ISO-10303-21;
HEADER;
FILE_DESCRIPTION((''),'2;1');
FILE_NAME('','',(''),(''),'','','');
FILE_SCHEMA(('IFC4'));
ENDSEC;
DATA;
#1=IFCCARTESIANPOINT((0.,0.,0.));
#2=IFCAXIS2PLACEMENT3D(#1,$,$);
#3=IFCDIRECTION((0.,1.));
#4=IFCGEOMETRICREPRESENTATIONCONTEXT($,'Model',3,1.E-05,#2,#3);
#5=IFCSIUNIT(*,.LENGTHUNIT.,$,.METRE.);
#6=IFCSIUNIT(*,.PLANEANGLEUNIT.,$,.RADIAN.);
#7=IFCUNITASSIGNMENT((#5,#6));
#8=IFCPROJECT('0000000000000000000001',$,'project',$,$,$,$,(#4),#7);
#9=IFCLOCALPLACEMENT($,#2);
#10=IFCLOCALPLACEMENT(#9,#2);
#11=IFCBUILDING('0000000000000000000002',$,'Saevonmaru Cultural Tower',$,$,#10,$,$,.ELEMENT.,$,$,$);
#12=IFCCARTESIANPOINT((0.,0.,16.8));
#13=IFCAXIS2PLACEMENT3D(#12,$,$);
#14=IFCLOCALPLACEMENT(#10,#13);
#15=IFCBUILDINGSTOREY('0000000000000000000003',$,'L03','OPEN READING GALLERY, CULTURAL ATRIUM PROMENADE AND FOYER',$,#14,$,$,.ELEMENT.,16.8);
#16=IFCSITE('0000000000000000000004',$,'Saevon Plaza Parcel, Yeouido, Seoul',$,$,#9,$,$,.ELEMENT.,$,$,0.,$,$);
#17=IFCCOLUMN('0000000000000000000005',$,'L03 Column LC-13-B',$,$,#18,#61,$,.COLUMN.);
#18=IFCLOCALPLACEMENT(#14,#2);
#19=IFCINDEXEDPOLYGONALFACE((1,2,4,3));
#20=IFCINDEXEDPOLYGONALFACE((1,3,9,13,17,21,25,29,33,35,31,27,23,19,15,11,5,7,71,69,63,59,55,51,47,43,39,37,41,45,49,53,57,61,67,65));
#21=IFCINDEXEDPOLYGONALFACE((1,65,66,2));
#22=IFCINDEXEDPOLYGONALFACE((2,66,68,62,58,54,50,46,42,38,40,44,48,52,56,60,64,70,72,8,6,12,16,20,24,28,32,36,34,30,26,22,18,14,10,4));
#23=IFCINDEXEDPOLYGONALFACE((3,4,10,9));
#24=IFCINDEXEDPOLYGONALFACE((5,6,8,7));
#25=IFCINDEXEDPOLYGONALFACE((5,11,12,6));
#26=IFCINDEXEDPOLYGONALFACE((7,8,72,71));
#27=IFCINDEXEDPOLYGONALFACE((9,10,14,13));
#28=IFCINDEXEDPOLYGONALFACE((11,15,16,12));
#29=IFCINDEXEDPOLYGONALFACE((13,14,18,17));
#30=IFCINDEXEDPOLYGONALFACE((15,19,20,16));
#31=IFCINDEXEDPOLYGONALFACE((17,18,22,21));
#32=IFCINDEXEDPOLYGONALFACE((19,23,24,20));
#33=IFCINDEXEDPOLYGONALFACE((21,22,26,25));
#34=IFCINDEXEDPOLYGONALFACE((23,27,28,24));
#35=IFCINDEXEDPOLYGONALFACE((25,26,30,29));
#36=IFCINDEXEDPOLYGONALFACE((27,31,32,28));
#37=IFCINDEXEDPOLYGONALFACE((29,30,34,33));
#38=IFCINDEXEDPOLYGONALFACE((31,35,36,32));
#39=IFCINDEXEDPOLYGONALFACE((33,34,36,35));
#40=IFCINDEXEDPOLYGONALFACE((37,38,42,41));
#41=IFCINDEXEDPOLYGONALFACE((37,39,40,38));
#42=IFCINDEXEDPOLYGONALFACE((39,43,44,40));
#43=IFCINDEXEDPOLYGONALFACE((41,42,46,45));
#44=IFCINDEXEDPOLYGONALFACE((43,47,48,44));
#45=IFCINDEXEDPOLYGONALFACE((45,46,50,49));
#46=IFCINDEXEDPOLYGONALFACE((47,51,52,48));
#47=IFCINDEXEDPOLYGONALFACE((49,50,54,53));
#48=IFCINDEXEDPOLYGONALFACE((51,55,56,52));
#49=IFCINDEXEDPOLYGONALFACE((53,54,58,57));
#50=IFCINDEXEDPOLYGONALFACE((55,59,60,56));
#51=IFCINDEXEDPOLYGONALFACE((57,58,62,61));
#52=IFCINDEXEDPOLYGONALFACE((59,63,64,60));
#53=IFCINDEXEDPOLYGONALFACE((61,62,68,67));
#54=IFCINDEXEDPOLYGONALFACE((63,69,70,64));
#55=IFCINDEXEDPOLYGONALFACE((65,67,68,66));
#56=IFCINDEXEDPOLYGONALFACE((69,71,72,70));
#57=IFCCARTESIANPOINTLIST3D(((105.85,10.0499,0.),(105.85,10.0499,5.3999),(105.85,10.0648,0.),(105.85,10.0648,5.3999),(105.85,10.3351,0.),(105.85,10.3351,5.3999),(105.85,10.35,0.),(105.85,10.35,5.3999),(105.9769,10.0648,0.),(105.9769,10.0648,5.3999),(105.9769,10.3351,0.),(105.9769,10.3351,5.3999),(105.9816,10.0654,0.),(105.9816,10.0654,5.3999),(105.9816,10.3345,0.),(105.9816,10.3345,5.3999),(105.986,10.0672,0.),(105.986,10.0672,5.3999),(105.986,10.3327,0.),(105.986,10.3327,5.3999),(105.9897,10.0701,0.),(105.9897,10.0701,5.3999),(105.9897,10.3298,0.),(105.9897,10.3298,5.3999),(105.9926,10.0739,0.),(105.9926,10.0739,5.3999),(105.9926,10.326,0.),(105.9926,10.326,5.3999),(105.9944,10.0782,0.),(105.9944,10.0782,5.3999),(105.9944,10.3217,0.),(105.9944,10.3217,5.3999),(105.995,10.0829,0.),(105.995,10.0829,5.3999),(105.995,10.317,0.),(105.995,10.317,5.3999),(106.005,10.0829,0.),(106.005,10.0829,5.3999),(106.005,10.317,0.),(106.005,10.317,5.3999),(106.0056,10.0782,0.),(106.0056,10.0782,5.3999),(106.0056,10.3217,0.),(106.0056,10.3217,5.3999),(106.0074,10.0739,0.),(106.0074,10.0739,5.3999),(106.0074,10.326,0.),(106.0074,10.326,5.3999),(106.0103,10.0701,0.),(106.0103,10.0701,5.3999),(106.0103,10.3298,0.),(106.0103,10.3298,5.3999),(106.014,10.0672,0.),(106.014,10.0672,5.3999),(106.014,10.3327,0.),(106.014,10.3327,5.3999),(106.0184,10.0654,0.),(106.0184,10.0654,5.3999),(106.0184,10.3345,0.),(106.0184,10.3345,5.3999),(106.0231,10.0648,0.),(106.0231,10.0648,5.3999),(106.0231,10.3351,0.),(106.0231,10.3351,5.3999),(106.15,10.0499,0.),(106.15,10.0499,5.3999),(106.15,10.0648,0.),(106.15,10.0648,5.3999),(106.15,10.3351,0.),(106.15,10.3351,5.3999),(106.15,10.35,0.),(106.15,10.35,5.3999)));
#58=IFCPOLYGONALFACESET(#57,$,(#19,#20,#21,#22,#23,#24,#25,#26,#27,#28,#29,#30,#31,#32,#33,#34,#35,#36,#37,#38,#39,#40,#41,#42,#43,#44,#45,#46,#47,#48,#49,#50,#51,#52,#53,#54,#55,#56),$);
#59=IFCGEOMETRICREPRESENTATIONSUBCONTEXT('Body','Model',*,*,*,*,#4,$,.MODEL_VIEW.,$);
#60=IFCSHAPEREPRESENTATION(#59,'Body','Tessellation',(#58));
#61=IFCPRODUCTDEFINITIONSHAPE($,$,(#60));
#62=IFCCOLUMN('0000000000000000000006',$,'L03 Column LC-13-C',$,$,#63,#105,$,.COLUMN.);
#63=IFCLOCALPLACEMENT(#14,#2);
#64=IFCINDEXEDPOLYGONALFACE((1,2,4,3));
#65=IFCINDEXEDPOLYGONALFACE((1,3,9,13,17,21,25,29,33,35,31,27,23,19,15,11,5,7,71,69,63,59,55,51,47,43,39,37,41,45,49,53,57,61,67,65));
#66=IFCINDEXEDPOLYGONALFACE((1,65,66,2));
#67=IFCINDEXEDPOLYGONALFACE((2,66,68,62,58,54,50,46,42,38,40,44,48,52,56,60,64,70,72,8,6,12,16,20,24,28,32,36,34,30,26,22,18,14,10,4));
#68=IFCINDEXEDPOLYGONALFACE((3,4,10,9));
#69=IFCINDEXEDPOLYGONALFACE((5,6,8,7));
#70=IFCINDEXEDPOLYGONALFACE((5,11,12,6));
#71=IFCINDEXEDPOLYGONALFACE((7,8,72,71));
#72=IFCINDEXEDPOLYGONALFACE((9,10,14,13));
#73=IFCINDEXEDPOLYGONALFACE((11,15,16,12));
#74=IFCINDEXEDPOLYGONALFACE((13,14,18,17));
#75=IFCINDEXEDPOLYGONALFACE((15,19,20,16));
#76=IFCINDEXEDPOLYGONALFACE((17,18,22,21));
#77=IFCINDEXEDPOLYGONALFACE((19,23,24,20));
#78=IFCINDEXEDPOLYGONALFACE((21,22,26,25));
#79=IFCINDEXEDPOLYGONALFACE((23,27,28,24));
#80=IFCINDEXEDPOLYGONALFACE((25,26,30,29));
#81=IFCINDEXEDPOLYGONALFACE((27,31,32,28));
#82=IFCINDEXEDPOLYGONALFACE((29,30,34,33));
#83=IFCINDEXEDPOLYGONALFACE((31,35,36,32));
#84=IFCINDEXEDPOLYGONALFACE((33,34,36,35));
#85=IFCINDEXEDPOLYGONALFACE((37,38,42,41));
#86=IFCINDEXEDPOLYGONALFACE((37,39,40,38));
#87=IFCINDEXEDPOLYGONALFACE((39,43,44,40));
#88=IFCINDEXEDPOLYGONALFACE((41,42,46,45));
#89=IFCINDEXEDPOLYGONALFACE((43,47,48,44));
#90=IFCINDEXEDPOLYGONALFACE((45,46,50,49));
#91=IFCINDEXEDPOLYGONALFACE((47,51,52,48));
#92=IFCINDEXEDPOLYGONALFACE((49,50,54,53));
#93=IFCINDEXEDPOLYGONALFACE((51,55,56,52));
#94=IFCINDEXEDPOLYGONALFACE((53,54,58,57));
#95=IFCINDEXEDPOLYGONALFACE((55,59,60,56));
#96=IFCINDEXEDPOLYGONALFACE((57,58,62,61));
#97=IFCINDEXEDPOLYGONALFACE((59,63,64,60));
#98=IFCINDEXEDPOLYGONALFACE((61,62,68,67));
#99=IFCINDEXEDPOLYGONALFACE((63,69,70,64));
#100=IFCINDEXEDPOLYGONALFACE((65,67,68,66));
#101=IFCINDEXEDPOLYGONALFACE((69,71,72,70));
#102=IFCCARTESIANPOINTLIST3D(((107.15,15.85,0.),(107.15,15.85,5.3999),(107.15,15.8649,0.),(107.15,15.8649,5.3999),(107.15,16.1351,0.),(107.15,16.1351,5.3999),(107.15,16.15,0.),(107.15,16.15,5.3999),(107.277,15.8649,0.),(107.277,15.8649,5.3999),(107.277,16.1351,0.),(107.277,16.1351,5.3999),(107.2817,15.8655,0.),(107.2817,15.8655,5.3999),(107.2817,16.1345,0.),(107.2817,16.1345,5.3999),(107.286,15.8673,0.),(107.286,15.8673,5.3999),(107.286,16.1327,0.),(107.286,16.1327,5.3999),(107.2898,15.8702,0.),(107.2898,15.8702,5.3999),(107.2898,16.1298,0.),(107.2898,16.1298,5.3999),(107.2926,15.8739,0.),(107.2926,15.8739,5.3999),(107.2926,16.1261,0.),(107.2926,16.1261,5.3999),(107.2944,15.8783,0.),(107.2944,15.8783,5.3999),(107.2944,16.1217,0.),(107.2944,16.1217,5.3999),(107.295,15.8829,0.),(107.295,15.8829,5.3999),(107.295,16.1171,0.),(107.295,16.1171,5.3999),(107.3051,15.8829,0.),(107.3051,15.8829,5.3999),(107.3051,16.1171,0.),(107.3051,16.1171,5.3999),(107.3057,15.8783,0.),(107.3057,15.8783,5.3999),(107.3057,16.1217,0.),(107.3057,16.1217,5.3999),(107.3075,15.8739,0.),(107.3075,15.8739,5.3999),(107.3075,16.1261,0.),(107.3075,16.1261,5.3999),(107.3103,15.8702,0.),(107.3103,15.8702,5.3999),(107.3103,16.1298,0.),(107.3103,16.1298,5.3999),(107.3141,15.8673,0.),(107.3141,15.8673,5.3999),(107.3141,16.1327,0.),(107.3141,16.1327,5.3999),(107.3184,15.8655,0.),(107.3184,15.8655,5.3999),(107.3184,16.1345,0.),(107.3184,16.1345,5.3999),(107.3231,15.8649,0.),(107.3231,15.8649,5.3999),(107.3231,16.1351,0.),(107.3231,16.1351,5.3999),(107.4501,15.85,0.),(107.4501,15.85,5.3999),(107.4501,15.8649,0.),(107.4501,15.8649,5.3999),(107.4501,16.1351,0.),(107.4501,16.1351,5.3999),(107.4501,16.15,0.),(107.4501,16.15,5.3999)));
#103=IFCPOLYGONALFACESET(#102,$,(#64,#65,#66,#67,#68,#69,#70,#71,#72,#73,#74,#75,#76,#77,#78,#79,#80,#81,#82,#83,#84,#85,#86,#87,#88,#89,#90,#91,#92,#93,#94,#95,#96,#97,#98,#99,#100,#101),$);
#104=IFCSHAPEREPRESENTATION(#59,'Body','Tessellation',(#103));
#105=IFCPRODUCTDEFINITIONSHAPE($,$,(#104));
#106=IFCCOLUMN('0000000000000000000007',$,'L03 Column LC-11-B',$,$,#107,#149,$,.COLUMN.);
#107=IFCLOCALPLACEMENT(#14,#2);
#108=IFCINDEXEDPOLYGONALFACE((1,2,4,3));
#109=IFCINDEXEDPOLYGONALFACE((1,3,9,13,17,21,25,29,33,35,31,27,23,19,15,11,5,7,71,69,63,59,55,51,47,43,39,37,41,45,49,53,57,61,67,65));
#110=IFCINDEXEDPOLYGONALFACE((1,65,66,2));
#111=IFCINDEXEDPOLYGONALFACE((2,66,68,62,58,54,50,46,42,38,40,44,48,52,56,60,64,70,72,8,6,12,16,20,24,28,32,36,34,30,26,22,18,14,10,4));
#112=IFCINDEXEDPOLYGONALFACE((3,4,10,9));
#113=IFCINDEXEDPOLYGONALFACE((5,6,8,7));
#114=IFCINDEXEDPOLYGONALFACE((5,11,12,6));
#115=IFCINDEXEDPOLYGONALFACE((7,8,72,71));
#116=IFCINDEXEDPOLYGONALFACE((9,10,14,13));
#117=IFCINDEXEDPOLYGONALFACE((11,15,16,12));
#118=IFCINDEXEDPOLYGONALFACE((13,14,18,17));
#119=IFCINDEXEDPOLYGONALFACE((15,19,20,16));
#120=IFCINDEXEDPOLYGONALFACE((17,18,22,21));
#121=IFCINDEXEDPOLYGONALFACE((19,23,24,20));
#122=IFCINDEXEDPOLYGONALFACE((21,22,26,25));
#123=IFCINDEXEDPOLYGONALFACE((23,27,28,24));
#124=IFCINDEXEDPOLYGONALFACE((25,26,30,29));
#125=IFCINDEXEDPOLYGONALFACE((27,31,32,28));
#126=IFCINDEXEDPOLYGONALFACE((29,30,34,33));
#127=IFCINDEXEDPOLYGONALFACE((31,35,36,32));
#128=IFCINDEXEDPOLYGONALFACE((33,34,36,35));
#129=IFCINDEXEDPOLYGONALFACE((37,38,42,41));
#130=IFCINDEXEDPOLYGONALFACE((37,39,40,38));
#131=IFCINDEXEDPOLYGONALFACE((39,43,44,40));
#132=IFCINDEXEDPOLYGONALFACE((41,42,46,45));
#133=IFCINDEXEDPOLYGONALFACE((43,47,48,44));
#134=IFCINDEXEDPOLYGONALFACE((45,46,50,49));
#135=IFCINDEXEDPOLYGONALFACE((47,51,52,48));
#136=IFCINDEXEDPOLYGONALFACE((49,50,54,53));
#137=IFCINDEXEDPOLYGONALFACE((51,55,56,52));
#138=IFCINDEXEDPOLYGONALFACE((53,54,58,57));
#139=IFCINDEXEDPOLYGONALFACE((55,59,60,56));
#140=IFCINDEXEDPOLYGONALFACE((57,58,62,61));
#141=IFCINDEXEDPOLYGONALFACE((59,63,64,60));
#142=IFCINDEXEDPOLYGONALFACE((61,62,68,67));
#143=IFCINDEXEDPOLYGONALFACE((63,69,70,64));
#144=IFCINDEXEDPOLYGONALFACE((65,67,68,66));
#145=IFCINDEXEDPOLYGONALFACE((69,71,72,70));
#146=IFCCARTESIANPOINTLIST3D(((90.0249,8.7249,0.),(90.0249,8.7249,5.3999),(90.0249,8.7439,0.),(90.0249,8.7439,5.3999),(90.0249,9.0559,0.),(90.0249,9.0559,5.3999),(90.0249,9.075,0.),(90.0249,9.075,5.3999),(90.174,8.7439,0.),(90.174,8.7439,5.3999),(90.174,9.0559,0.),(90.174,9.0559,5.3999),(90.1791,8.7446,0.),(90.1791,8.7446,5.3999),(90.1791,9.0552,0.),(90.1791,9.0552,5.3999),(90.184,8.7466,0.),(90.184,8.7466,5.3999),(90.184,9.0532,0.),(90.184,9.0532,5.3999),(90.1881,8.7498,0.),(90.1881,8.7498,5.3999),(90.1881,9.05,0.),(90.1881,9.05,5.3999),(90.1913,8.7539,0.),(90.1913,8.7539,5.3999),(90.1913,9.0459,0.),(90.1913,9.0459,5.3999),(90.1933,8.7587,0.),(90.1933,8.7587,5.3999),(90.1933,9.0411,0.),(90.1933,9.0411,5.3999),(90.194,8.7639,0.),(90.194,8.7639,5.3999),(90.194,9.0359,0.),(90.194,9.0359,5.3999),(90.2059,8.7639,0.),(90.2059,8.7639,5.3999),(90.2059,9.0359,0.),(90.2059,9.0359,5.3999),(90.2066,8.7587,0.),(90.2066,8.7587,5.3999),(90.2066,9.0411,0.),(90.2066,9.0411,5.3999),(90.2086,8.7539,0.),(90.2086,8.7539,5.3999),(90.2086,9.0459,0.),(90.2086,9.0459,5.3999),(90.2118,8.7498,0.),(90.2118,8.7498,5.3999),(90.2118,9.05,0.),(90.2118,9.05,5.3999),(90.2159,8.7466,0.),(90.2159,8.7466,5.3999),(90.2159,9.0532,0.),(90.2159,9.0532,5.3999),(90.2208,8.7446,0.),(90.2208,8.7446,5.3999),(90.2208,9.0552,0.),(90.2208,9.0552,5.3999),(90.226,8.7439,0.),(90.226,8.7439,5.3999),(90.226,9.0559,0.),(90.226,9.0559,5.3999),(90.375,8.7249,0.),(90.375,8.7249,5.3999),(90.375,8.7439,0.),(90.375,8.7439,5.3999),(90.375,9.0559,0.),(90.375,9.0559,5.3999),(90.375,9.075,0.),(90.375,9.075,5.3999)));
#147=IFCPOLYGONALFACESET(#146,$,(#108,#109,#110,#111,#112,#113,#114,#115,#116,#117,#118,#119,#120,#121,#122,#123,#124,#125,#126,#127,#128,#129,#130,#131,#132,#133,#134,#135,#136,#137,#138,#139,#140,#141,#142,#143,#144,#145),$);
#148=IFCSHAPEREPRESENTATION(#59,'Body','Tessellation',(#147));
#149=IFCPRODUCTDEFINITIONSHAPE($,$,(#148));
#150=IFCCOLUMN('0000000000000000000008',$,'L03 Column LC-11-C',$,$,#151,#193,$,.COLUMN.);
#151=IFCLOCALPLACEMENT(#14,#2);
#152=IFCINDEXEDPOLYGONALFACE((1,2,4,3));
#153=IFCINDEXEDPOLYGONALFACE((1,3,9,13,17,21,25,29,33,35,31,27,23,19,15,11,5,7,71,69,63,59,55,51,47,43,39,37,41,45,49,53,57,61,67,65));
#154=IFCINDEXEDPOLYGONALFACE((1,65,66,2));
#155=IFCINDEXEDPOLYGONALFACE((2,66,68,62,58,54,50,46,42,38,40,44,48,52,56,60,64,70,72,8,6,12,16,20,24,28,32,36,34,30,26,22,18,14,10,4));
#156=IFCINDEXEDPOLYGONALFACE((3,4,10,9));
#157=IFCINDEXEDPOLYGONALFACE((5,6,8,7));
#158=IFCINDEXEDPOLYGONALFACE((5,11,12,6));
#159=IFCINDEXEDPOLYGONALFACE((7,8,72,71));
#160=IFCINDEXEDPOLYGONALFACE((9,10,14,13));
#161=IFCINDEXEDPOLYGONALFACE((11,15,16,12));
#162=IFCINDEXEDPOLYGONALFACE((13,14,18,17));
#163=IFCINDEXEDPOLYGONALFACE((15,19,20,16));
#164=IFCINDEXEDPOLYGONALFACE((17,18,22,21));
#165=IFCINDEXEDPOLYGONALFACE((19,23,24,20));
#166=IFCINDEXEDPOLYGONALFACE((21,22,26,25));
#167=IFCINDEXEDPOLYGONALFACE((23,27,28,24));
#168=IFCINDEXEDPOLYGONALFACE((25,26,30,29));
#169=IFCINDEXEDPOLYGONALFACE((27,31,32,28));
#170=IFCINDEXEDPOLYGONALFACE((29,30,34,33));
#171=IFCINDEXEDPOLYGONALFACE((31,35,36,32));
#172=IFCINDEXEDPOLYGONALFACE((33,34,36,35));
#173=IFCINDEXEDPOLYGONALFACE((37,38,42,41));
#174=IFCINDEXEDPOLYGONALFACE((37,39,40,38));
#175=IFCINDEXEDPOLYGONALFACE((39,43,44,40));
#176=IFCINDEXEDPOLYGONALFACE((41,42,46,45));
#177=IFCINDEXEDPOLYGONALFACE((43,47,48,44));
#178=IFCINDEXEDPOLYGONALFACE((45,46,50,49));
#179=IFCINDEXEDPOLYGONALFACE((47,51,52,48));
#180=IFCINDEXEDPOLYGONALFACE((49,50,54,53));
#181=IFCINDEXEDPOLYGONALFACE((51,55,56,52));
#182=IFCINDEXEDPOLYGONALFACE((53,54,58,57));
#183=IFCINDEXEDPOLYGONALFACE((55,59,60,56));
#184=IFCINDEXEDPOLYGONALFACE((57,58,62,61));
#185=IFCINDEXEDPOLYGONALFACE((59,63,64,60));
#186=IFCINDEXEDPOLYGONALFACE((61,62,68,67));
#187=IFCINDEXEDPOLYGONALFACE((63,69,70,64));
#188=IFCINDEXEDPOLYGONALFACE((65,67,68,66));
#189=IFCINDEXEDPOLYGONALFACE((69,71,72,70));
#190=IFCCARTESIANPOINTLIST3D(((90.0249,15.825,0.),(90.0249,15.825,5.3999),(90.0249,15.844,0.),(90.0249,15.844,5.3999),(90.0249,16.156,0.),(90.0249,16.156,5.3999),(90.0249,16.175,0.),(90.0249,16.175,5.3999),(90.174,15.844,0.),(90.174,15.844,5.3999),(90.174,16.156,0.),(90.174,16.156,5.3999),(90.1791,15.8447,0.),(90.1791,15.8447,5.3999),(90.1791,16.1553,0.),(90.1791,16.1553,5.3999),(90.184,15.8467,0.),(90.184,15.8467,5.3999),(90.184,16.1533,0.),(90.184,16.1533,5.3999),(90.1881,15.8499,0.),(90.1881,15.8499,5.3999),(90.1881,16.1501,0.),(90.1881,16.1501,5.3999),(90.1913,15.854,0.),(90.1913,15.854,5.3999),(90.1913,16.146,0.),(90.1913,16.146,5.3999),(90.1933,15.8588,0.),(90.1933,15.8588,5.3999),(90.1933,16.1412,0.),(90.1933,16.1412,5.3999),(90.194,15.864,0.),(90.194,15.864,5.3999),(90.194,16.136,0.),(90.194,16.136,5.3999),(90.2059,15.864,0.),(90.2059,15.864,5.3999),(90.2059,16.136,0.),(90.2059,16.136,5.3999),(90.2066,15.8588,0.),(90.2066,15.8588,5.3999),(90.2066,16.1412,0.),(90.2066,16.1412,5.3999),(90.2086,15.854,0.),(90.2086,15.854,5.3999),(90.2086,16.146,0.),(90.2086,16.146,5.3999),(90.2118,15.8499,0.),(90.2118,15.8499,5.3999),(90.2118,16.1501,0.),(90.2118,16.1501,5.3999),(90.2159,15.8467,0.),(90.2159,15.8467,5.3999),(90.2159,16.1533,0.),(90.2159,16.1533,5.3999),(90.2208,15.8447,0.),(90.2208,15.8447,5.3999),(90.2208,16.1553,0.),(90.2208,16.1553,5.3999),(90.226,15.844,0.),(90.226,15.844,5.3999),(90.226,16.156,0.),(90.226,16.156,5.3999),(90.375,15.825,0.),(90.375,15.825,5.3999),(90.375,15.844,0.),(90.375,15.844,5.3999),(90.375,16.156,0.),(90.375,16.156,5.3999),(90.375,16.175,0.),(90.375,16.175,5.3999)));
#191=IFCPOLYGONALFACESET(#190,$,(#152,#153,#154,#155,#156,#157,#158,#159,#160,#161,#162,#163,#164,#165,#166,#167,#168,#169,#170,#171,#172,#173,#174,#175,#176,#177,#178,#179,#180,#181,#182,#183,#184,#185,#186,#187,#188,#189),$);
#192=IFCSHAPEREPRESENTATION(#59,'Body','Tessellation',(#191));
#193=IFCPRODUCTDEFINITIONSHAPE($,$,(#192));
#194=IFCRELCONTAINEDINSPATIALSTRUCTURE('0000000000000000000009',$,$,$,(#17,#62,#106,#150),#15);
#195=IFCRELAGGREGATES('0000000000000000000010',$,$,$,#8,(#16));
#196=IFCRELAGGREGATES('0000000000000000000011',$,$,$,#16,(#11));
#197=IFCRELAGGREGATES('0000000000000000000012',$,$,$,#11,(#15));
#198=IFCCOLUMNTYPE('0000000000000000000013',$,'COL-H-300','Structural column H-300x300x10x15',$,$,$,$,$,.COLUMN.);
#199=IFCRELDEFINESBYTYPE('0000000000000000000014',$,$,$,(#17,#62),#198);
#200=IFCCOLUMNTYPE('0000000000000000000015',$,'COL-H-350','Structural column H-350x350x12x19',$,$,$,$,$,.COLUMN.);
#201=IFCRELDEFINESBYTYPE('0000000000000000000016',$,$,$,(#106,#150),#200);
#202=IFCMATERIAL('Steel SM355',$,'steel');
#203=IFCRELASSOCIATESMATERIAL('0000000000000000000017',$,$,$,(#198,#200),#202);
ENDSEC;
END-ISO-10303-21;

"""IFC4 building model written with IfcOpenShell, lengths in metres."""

from ifc_helpers import new_model, si_unit, direction, frame, origin, origin_2d, place, context, subcontext, project, spatial, i_section, extrude, material, material_profile, profile_set, type_object, element, save


model = new_model("IFC4")

# Units and contexts
model_context = context("Model", 3, precision=1e-05, world=origin(), true_north=direction((0.0, 1.0)))
body_context = subcontext(model_context, "Body", "Model", "MODEL_VIEW")
ifc_project = project(units=[si_unit("LENGTHUNIT", "METRE"), si_unit("PLANEANGLEUNIT", "RADIAN")], contexts=[model_context])

# Site, building, storey
site_placement = place(None, origin())
site = spatial("IfcSite", under=ifc_project, at=site_placement, Name="Saevon Plaza Parcel, Yeouido, Seoul", CompositionType="ELEMENT", RefElevation=0.0)
building_placement = place(site_placement, origin())
building = spatial("IfcBuilding", under=site, at=building_placement, Name="Saevonmaru Cultural Tower", CompositionType="ELEMENT")
storey_placement = place(building_placement, frame((0.0, 0.0, 16.8)))
storey = spatial("IfcBuildingStorey", under=building, at=storey_placement, Name="L03", Description="OPEN READING GALLERY, CULTURAL ATRIUM PROMENADE AND FOYER", CompositionType="ELEMENT", Elevation=16.8)

# Columns
ifc_material_1 = material(Name="Steel SM355", Category="steel")
ifc_material_profile_1 = material_profile(ifc_material_1, i_section(OverallWidth=0.3, OverallDepth=0.3, WebThickness=0.01, FlangeThickness=0.0149, FilletRadius=0.0181, at=origin_2d()), Name="H-300x300x10x15")
ifc_profile_set_1 = profile_set([ifc_material_profile_1], Name="Steel SM355")
column_type_1 = type_object("IfcColumnType", Name="COL-H-300", Description="Structural column H-300x300x10x15", PredefinedType="COLUMN", material=ifc_profile_set_1)
for number, where, z_axis, x_axis, name in (
    (1, (106.0, 10.2, 0.0), (0.0, 0.0, 1.0), (1.0, 0.0, 0.0), "L03 Column LC-13-B"),
    (2, (107.3, 16.0, 0.0), (0.0, 0.0, 1.0), (1.0, 0.0, 0.0), "L03 Column LC-13-C"),
):
    element("IfcColumn", number, at=place(storey_placement, frame(where, z_axis=z_axis, x_axis=x_axis)), inside=storey, type_object=column_type_1, Name=name, PredefinedType="COLUMN", context=body_context, shape_type="SweptSolid", body=[
        extrude(i_section(OverallWidth=0.3, OverallDepth=0.3, WebThickness=0.01, FlangeThickness=0.0149, FilletRadius=0.0181, at=origin_2d()), origin(), (0.0, 0.0, 1.0), 5.3999),
    ])
ifc_material_profile_2 = material_profile(ifc_material_1, i_section(OverallWidth=0.3501, OverallDepth=0.3501, WebThickness=0.012, FlangeThickness=0.019, FilletRadius=0.02, at=origin_2d()), Name="H-350x350x12x19")
ifc_profile_set_2 = profile_set([ifc_material_profile_2], Name="Steel SM355")
column_type_2 = type_object("IfcColumnType", Name="COL-H-350", Description="Structural column H-350x350x12x19", PredefinedType="COLUMN", material=ifc_profile_set_2)
for number, where, z_axis, x_axis, name in (
    (3, (90.2, 8.8999, 0.0), (0.0, 0.0, 1.0), (1.0, 0.0, 0.0), "L03 Column LC-11-B"),
    (4, (90.2, 16.0, 0.0), (0.0, 0.0, 1.0), (1.0, 0.0, 0.0), "L03 Column LC-11-C"),
):
    element("IfcColumn", number, at=place(storey_placement, frame(where, z_axis=z_axis, x_axis=x_axis)), inside=storey, type_object=column_type_2, Name=name, PredefinedType="COLUMN", context=body_context, shape_type="SweptSolid", body=[
        extrude(i_section(OverallWidth=0.3501, OverallDepth=0.3501, WebThickness=0.012, FlangeThickness=0.019, FilletRadius=0.02, at=origin_2d()), origin(), (0.0, 0.0, 1.0), 5.3999),
    ])

save(model, "model.ifc")
